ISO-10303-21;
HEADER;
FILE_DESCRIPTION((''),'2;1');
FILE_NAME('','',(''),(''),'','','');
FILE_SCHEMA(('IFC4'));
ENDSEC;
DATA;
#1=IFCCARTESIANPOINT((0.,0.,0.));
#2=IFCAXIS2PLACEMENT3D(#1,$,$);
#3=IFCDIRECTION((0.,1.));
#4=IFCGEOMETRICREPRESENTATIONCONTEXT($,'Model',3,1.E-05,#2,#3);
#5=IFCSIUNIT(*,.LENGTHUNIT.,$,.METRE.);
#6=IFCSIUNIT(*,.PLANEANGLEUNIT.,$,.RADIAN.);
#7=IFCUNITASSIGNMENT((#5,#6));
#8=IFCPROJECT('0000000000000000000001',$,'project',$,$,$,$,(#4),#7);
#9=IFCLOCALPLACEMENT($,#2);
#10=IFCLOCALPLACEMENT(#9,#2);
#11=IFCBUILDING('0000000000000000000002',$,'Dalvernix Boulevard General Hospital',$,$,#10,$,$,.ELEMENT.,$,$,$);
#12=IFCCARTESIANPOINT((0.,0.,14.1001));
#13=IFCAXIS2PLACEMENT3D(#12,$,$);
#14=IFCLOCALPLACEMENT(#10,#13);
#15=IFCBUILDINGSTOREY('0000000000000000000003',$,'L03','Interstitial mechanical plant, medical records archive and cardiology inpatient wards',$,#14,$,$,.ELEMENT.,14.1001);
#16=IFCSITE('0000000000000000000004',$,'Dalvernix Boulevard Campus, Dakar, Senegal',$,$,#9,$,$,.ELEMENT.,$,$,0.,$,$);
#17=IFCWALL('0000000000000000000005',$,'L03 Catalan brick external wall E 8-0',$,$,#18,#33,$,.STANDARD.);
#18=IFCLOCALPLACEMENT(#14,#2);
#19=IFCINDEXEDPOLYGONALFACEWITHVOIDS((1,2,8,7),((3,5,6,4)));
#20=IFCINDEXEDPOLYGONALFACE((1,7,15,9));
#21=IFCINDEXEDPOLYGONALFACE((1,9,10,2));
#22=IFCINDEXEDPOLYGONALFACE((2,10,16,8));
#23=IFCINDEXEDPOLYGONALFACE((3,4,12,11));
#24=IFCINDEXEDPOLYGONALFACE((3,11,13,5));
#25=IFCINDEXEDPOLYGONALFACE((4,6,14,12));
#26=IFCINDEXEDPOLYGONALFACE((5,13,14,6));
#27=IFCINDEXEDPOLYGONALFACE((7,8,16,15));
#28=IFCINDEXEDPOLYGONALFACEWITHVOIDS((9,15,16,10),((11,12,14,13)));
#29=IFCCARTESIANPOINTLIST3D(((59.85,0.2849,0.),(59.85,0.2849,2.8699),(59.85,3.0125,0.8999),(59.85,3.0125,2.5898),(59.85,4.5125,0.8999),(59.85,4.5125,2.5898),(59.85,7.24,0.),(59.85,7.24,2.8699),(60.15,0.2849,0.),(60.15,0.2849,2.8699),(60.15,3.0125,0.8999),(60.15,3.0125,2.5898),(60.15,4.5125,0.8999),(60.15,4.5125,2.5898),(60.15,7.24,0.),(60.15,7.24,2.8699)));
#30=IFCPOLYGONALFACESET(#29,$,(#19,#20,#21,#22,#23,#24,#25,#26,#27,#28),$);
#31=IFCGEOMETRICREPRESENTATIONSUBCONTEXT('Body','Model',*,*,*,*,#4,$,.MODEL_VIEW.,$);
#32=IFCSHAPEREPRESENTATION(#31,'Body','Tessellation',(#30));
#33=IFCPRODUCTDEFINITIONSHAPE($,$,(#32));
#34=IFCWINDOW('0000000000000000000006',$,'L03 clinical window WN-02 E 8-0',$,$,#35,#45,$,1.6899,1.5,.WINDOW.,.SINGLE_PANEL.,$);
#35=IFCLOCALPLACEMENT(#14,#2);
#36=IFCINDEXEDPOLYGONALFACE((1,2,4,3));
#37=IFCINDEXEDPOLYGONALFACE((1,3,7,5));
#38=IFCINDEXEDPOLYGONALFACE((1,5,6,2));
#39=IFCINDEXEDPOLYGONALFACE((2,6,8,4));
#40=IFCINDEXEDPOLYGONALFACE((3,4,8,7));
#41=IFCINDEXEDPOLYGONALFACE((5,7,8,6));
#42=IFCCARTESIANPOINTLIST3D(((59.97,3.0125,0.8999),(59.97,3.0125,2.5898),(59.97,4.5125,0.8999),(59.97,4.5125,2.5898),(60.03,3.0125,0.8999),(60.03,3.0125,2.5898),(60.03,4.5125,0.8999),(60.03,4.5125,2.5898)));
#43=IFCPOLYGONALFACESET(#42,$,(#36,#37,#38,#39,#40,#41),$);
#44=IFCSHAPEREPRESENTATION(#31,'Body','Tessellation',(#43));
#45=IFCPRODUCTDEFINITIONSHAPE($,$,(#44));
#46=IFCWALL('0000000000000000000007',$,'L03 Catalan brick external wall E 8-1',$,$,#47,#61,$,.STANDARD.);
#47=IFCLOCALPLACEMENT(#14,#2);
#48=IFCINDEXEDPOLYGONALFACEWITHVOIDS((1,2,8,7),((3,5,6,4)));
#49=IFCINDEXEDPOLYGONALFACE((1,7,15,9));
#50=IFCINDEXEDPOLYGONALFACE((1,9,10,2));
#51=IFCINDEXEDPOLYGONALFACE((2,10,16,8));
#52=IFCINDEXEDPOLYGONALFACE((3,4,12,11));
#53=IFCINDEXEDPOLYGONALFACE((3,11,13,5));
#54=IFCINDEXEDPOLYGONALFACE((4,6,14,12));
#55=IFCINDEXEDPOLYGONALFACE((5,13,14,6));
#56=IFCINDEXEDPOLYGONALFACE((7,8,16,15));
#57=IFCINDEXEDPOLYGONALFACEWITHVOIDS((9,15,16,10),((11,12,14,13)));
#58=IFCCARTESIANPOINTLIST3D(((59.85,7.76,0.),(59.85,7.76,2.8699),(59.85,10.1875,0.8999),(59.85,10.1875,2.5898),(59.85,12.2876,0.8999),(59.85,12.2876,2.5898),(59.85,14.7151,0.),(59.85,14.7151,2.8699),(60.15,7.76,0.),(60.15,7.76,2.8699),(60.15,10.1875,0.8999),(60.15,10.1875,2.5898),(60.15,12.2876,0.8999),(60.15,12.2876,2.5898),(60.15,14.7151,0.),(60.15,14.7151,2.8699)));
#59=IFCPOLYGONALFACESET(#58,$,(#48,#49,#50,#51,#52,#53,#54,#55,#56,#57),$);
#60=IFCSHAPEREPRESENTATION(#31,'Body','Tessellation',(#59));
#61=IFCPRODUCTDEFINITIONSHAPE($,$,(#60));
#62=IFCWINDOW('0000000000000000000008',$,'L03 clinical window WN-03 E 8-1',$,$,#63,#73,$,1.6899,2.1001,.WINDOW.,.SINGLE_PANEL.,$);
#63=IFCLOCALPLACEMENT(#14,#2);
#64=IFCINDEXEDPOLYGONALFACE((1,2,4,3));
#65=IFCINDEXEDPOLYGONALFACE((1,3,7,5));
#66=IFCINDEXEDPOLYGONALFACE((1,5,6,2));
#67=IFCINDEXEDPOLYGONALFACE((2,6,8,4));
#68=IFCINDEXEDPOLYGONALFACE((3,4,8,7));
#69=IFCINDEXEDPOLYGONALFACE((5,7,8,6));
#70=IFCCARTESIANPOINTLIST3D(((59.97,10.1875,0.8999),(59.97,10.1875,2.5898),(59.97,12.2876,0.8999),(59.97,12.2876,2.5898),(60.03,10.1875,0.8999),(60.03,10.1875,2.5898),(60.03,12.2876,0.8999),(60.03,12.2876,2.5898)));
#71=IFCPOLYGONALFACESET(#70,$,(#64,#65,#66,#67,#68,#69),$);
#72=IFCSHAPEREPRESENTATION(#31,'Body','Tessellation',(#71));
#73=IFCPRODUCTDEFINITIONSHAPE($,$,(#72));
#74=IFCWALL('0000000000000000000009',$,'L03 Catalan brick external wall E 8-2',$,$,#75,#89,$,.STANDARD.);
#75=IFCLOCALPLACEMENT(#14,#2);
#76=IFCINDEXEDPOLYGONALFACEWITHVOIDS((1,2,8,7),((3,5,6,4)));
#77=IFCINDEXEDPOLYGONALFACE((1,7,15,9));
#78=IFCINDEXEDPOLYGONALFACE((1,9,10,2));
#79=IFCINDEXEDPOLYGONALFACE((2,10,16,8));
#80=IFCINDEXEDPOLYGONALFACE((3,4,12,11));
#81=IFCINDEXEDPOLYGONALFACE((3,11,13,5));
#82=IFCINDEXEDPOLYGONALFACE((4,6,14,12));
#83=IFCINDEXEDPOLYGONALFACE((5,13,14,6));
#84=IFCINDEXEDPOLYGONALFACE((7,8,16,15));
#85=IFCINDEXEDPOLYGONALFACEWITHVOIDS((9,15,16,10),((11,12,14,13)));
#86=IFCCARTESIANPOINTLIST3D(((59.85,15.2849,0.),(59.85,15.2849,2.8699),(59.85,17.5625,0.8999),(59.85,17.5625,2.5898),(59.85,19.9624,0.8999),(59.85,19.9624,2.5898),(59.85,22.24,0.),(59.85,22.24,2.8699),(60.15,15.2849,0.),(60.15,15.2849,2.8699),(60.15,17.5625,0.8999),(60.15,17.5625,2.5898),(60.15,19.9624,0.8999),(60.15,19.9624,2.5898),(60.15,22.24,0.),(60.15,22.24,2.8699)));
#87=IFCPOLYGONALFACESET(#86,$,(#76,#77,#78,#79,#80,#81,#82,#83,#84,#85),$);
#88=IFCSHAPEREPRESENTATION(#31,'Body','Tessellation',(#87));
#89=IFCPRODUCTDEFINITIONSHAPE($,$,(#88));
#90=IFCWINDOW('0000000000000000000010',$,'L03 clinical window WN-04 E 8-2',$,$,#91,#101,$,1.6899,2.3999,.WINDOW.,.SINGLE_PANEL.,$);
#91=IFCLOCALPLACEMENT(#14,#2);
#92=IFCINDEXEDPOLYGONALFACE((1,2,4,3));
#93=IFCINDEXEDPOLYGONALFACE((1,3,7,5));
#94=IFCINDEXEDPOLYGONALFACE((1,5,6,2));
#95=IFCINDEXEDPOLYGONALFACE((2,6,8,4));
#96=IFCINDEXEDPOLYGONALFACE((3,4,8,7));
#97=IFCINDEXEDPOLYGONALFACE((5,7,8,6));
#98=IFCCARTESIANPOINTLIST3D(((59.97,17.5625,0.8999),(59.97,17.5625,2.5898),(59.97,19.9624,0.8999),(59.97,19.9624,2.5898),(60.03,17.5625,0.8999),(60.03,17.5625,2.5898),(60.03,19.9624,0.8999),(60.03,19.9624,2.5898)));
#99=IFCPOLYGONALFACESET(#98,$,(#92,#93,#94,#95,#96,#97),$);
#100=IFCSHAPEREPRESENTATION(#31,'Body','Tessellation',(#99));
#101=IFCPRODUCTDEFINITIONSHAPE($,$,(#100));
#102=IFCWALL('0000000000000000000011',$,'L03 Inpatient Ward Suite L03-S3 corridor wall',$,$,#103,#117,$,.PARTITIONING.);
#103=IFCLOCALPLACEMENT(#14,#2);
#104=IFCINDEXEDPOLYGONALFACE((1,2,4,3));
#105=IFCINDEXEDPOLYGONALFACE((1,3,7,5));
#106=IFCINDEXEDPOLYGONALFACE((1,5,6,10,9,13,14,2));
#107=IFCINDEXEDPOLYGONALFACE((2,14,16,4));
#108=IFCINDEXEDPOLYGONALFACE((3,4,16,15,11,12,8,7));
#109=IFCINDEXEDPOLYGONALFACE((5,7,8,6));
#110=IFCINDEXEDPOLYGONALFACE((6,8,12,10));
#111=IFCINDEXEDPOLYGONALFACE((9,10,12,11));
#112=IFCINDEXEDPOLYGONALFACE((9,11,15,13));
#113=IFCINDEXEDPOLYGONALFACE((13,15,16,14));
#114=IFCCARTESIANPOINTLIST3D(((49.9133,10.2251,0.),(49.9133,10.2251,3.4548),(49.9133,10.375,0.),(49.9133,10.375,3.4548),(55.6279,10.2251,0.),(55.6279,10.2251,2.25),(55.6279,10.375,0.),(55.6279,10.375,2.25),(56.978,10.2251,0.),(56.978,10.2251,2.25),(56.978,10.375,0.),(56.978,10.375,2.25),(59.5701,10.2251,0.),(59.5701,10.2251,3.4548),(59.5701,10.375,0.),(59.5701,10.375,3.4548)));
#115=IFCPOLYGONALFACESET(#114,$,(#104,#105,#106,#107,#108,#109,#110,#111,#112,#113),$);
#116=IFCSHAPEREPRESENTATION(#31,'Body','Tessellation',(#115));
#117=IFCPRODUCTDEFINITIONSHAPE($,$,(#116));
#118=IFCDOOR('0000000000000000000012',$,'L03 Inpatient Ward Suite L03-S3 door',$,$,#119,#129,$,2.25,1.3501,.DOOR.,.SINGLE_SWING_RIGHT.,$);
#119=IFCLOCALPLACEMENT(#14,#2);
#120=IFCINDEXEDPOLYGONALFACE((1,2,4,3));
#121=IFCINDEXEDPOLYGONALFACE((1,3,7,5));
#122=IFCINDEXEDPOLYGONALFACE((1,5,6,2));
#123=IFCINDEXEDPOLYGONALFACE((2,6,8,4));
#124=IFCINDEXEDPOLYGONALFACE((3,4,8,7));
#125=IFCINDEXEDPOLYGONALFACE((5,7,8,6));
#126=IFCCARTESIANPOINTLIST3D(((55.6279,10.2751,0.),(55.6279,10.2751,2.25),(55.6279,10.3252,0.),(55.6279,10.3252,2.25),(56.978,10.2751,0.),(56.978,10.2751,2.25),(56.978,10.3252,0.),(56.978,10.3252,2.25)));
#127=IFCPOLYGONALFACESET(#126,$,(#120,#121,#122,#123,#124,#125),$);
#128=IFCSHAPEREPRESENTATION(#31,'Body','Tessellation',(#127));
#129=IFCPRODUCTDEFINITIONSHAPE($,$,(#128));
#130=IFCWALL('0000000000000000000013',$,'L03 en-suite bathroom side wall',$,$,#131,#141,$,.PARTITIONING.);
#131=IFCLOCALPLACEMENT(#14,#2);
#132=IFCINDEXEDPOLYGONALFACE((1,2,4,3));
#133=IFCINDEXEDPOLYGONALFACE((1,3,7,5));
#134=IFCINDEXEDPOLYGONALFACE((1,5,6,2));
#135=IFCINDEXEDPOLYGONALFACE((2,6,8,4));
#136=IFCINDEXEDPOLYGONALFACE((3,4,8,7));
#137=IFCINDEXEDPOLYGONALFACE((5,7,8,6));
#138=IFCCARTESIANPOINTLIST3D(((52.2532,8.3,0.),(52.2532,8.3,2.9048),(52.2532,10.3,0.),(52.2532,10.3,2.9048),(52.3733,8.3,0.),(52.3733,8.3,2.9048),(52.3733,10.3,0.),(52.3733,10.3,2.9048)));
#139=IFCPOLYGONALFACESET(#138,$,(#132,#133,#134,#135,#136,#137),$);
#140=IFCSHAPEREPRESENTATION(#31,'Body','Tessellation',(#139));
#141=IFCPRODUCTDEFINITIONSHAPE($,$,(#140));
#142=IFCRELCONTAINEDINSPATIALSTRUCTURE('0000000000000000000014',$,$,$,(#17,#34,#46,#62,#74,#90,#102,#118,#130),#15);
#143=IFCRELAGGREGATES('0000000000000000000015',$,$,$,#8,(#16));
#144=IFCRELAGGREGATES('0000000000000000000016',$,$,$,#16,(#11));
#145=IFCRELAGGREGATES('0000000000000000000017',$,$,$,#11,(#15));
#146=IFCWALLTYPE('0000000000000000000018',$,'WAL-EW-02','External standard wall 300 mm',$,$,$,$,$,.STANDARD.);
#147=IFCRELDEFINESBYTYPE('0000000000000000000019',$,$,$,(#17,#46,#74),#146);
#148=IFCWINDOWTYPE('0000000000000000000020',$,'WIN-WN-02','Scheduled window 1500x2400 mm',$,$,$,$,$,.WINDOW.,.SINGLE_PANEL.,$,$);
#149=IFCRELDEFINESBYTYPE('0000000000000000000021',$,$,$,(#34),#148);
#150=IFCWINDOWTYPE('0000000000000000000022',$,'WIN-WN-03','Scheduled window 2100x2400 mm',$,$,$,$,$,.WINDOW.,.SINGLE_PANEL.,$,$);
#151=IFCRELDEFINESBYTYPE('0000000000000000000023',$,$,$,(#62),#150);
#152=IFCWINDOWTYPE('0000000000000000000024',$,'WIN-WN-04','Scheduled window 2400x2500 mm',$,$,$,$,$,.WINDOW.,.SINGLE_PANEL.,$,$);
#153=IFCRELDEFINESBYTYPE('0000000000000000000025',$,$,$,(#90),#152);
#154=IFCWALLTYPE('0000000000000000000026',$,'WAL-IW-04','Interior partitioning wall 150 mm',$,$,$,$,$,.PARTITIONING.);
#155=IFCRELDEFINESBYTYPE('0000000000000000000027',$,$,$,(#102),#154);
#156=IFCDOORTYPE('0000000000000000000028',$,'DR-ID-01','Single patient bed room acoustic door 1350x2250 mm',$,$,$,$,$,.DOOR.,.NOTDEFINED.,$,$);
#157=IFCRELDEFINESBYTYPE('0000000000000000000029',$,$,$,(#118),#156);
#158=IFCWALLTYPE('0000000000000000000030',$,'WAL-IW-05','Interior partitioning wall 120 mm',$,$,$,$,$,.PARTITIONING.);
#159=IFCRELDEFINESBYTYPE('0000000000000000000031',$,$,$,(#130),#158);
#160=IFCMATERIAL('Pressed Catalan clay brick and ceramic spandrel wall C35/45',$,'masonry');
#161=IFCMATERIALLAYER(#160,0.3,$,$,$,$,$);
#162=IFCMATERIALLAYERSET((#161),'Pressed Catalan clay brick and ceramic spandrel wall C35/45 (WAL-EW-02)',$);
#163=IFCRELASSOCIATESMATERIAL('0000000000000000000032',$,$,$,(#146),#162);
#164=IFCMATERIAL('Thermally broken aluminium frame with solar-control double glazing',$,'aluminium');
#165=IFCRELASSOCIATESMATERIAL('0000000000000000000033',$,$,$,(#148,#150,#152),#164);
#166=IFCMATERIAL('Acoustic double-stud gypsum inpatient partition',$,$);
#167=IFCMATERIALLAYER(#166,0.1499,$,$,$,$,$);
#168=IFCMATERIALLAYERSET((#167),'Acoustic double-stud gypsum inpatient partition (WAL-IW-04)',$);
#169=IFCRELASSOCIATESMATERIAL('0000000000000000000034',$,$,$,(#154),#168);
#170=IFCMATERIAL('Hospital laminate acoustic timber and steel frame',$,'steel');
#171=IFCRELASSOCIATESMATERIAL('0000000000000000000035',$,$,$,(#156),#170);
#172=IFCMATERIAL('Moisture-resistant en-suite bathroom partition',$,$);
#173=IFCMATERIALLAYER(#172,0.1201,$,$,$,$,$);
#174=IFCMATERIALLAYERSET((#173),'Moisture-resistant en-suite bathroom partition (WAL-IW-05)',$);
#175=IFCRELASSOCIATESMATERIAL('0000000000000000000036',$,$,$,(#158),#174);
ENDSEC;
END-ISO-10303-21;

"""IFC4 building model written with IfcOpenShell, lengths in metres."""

from ifc_helpers import new_model, si_unit, direction, frame, frame_2d, origin, place, context, subcontext, project, spatial, rectangle, extrude, material, layer, layer_set, type_object, element, fill, save


model = new_model("IFC4")

# Units and contexts
model_context = context("Model", 3, precision=1e-05, world=origin(), true_north=direction((0.0, 1.0)))
body_context = subcontext(model_context, "Body", "Model", "MODEL_VIEW")
ifc_project = project(units=[si_unit("LENGTHUNIT", "METRE"), si_unit("PLANEANGLEUNIT", "RADIAN")], contexts=[model_context])

# Site, building, storey
site_placement = place(None, origin())
site = spatial("IfcSite", under=ifc_project, at=site_placement, Name="Dalvernix Boulevard Campus, Dakar, Senegal", CompositionType="ELEMENT", RefElevation=0.0)
building_placement = place(site_placement, origin())
building = spatial("IfcBuilding", under=site, at=building_placement, Name="Dalvernix Boulevard General Hospital", CompositionType="ELEMENT")
storey_placement = place(building_placement, frame((0.0, 0.0, 14.1001)))
storey = spatial("IfcBuildingStorey", under=building, at=storey_placement, Name="L03", Description="Interstitial mechanical plant, medical records archive and cardiology inpatient wards", CompositionType="ELEMENT", Elevation=14.1001)

# Walls, openings, windows
ifc_material_1 = material(Name="Pressed Catalan clay brick and ceramic spandrel wall C35/45", Category="masonry")
ifc_layer_1 = layer(ifc_material_1, 0.3)
ifc_layer_set_1 = layer_set([ifc_layer_1], Name="Pressed Catalan clay brick and ceramic spandrel wall C35/45 (WAL-EW-02)")
wall_type_1 = type_object("IfcWallType", Name="WAL-EW-02", Description="External standard wall 300 mm", PredefinedType="STANDARD", material=ifc_layer_set_1)
wall_1_placement = place(storey_placement, frame((60.0, 7.24, 0.0), z_axis=(0.0, 0.0, 1.0), x_axis=(0.0, -1.0, 0.0)))
wall_1 = element("IfcWall", 1, at=wall_1_placement, inside=storey, type_object=wall_type_1, Name="L03 Catalan brick external wall E 8-0", PredefinedType="STANDARD", context=body_context, shape_type="SweptSolid", body=[
    extrude(rectangle(XDim=6.9551, YDim=0.3, at=frame_2d((3.4775, 0.0))), origin(), (0.0, 0.0, 1.0), 2.8699),
])
opening_1_placement = place(wall_1_placement, frame((2.7275, 0.0, 0.8999)))
opening_1 = element("IfcOpeningElement", 2, at=opening_1_placement, cuts=wall_1, PredefinedType="OPENING", context=body_context, shape_type="SweptSolid", body=[
    extrude(rectangle(XDim=1.5, YDim=1.6899, at=frame_2d((0.75, 0.845))), frame((0.0, 0.1599, 0.0), z_axis=(0.0, -1.0, 0.0), x_axis=(1.0, 0.0, 0.0)), (0.0, 0.0, 1.0), 0.3201),
])
ifc_material_2 = material(Name="Thermally broken aluminium frame with solar-control double glazing", Category="aluminium")
window_type_1 = type_object("IfcWindowType", Name="WIN-WN-02", Description="Scheduled window 1500x2400 mm", PartitioningType="SINGLE_PANEL", PredefinedType="WINDOW", material=ifc_material_2)
window_1_placement = place(opening_1_placement, origin())
window_1 = element("IfcWindow", 3, at=window_1_placement, inside=storey, type_object=window_type_1, Name="L03 clinical window WN-02 E 8-0", OverallHeight=1.6899, OverallWidth=1.5, PartitioningType="SINGLE_PANEL", PredefinedType="WINDOW", context=body_context, shape_type="SweptSolid", body=[
    extrude(rectangle(XDim=1.5, YDim=1.6899, at=frame_2d((0.75, 0.845))), frame((0.0, 0.03, 0.0), z_axis=(0.0, -1.0, 0.0), x_axis=(1.0, 0.0, 0.0)), (0.0, 0.0, 1.0), 0.0601),
])
fill(opening_1, window_1)
wall_2_placement = place(storey_placement, frame((60.0, 14.7151, 0.0), z_axis=(0.0, 0.0, 1.0), x_axis=(0.0, -1.0, 0.0)))
wall_2 = element("IfcWall", 4, at=wall_2_placement, inside=storey, type_object=wall_type_1, Name="L03 Catalan brick external wall E 8-1", PredefinedType="STANDARD", context=body_context, shape_type="SweptSolid", body=[
    extrude(rectangle(XDim=6.9551, YDim=0.3, at=frame_2d((3.4775, 0.0))), origin(), (0.0, 0.0, 1.0), 2.8699),
])
opening_2_placement = place(wall_2_placement, frame((2.4275, 0.0, 0.8999)))
opening_2 = element("IfcOpeningElement", 5, at=opening_2_placement, cuts=wall_2, PredefinedType="OPENING", context=body_context, shape_type="SweptSolid", body=[
    extrude(rectangle(XDim=2.1001, YDim=1.6899, at=frame_2d((1.05, 0.845))), frame((0.0, 0.1599, 0.0), z_axis=(0.0, -1.0, 0.0), x_axis=(1.0, 0.0, 0.0)), (0.0, 0.0, 1.0), 0.3201),
])
window_type_2 = type_object("IfcWindowType", Name="WIN-WN-03", Description="Scheduled window 2100x2400 mm", PartitioningType="SINGLE_PANEL", PredefinedType="WINDOW", material=ifc_material_2)
window_2_placement = place(opening_2_placement, origin())
window_2 = element("IfcWindow", 6, at=window_2_placement, inside=storey, type_object=window_type_2, Name="L03 clinical window WN-03 E 8-1", OverallHeight=1.6899, OverallWidth=2.1001, PartitioningType="SINGLE_PANEL", PredefinedType="WINDOW", context=body_context, shape_type="SweptSolid", body=[
    extrude(rectangle(XDim=2.1001, YDim=1.6899, at=frame_2d((1.05, 0.845))), frame((0.0, 0.03, 0.0), z_axis=(0.0, -1.0, 0.0), x_axis=(1.0, 0.0, 0.0)), (0.0, 0.0, 1.0), 0.0601),
])
fill(opening_2, window_2)
wall_3_placement = place(storey_placement, frame((60.0, 22.24, 0.0), z_axis=(0.0, 0.0, 1.0), x_axis=(0.0, -1.0, 0.0)))
wall_3 = element("IfcWall", 7, at=wall_3_placement, inside=storey, type_object=wall_type_1, Name="L03 Catalan brick external wall E 8-2", PredefinedType="STANDARD", context=body_context, shape_type="SweptSolid", body=[
    extrude(rectangle(XDim=6.9551, YDim=0.3, at=frame_2d((3.4775, 0.0))), origin(), (0.0, 0.0, 1.0), 2.8699),
])
opening_3_placement = place(wall_3_placement, frame((2.2776, 0.0, 0.8999)))
opening_3 = element("IfcOpeningElement", 8, at=opening_3_placement, cuts=wall_3, PredefinedType="OPENING", context=body_context, shape_type="SweptSolid", body=[
    extrude(rectangle(XDim=2.3999, YDim=1.6899, at=frame_2d((1.2, 0.845))), frame((0.0, 0.1599, 0.0), z_axis=(0.0, -1.0, 0.0), x_axis=(1.0, 0.0, 0.0)), (0.0, 0.0, 1.0), 0.3201),
])
window_type_3 = type_object("IfcWindowType", Name="WIN-WN-04", Description="Scheduled window 2400x2500 mm", PartitioningType="SINGLE_PANEL", PredefinedType="WINDOW", material=ifc_material_2)
window_3_placement = place(opening_3_placement, origin())
window_3 = element("IfcWindow", 9, at=window_3_placement, inside=storey, type_object=window_type_3, Name="L03 clinical window WN-04 E 8-2", OverallHeight=1.6899, OverallWidth=2.3999, PartitioningType="SINGLE_PANEL", PredefinedType="WINDOW", context=body_context, shape_type="SweptSolid", body=[
    extrude(rectangle(XDim=2.3999, YDim=1.6899, at=frame_2d((1.2, 0.845))), frame((0.0, 0.03, 0.0), z_axis=(0.0, -1.0, 0.0), x_axis=(1.0, 0.0, 0.0)), (0.0, 0.0, 1.0), 0.0601),
])
fill(opening_3, window_3)

# Wall, opening, door
ifc_material_3 = material(Name="Acoustic double-stud gypsum inpatient partition")
ifc_layer_2 = layer(ifc_material_3, 0.1499)
ifc_layer_set_2 = layer_set([ifc_layer_2], Name="Acoustic double-stud gypsum inpatient partition (WAL-IW-04)")
wall_type_2 = type_object("IfcWallType", Name="WAL-IW-04", Description="Interior partitioning wall 150 mm", PredefinedType="PARTITIONING", material=ifc_layer_set_2)
wall_4_placement = place(storey_placement, frame((59.5701, 10.3, 0.0), z_axis=(0.0, 0.0, 1.0), x_axis=(-1.0, 0.0, 0.0)))
wall_4 = element("IfcWall", 10, at=wall_4_placement, inside=storey, type_object=wall_type_2, Name="L03 Inpatient Ward Suite L03-S3 corridor wall", PredefinedType="PARTITIONING", context=body_context, shape_type="SweptSolid", body=[
    extrude(rectangle(XDim=9.6567, YDim=0.1499, at=frame_2d((4.8284, 0.0))), origin(), (0.0, 0.0, 1.0), 3.4548),
])
opening_4_placement = place(wall_4_placement, frame((2.592, 0.0, 0.0)))
opening_4 = element("IfcOpeningElement", 11, at=opening_4_placement, cuts=wall_4, PredefinedType="OPENING", context=body_context, shape_type="SweptSolid", body=[
    extrude(rectangle(XDim=1.3501, YDim=2.25, at=frame_2d((0.675, 1.125))), frame((0.0, 0.085, 0.0), z_axis=(0.0, -1.0, 0.0), x_axis=(1.0, 0.0, 0.0)), (0.0, 0.0, 1.0), 0.1699),
])
ifc_material_4 = material(Name="Hospital laminate acoustic timber and steel frame", Category="steel")
door_type_1 = type_object("IfcDoorType", Name="DR-ID-01", Description="Single patient bed room acoustic door 1350x2250 mm", OperationType="NOTDEFINED", PredefinedType="DOOR", material=ifc_material_4)
door_1_placement = place(opening_4_placement, origin())
door_1 = element("IfcDoor", 12, at=door_1_placement, inside=storey, type_object=door_type_1, Name="L03 Inpatient Ward Suite L03-S3 door", OperationType="SINGLE_SWING_RIGHT", OverallHeight=2.25, OverallWidth=1.3501, PredefinedType="DOOR", context=body_context, shape_type="SweptSolid", body=[
    extrude(rectangle(XDim=1.3501, YDim=2.25, at=frame_2d((0.675, 1.125))), frame((0.0, 0.0249, 0.0), z_axis=(0.0, -1.0, 0.0), x_axis=(1.0, 0.0, 0.0)), (0.0, 0.0, 1.0), 0.05),
])
fill(opening_4, door_1)

# Wall
ifc_material_5 = material(Name="Moisture-resistant en-suite bathroom partition")
ifc_layer_3 = layer(ifc_material_5, 0.1201)
ifc_layer_set_3 = layer_set([ifc_layer_3], Name="Moisture-resistant en-suite bathroom partition (WAL-IW-05)")
wall_type_3 = type_object("IfcWallType", Name="WAL-IW-05", Description="Interior partitioning wall 120 mm", PredefinedType="PARTITIONING", material=ifc_layer_set_3)
wall_5_placement = place(storey_placement, frame((52.3132, 8.3, 0.0), z_axis=(0.0, 0.0, 1.0), x_axis=(0.0, 1.0, 0.0)))
element("IfcWall", 13, at=wall_5_placement, inside=storey, type_object=wall_type_3, Name="L03 en-suite bathroom side wall", PredefinedType="PARTITIONING", context=body_context, shape_type="SweptSolid", body=[
    extrude(rectangle(XDim=2.0, YDim=0.1201, at=frame_2d((1.0, 0.0))), origin(), (0.0, 0.0, 1.0), 2.9048),
])

save(model, "model.ifc")
